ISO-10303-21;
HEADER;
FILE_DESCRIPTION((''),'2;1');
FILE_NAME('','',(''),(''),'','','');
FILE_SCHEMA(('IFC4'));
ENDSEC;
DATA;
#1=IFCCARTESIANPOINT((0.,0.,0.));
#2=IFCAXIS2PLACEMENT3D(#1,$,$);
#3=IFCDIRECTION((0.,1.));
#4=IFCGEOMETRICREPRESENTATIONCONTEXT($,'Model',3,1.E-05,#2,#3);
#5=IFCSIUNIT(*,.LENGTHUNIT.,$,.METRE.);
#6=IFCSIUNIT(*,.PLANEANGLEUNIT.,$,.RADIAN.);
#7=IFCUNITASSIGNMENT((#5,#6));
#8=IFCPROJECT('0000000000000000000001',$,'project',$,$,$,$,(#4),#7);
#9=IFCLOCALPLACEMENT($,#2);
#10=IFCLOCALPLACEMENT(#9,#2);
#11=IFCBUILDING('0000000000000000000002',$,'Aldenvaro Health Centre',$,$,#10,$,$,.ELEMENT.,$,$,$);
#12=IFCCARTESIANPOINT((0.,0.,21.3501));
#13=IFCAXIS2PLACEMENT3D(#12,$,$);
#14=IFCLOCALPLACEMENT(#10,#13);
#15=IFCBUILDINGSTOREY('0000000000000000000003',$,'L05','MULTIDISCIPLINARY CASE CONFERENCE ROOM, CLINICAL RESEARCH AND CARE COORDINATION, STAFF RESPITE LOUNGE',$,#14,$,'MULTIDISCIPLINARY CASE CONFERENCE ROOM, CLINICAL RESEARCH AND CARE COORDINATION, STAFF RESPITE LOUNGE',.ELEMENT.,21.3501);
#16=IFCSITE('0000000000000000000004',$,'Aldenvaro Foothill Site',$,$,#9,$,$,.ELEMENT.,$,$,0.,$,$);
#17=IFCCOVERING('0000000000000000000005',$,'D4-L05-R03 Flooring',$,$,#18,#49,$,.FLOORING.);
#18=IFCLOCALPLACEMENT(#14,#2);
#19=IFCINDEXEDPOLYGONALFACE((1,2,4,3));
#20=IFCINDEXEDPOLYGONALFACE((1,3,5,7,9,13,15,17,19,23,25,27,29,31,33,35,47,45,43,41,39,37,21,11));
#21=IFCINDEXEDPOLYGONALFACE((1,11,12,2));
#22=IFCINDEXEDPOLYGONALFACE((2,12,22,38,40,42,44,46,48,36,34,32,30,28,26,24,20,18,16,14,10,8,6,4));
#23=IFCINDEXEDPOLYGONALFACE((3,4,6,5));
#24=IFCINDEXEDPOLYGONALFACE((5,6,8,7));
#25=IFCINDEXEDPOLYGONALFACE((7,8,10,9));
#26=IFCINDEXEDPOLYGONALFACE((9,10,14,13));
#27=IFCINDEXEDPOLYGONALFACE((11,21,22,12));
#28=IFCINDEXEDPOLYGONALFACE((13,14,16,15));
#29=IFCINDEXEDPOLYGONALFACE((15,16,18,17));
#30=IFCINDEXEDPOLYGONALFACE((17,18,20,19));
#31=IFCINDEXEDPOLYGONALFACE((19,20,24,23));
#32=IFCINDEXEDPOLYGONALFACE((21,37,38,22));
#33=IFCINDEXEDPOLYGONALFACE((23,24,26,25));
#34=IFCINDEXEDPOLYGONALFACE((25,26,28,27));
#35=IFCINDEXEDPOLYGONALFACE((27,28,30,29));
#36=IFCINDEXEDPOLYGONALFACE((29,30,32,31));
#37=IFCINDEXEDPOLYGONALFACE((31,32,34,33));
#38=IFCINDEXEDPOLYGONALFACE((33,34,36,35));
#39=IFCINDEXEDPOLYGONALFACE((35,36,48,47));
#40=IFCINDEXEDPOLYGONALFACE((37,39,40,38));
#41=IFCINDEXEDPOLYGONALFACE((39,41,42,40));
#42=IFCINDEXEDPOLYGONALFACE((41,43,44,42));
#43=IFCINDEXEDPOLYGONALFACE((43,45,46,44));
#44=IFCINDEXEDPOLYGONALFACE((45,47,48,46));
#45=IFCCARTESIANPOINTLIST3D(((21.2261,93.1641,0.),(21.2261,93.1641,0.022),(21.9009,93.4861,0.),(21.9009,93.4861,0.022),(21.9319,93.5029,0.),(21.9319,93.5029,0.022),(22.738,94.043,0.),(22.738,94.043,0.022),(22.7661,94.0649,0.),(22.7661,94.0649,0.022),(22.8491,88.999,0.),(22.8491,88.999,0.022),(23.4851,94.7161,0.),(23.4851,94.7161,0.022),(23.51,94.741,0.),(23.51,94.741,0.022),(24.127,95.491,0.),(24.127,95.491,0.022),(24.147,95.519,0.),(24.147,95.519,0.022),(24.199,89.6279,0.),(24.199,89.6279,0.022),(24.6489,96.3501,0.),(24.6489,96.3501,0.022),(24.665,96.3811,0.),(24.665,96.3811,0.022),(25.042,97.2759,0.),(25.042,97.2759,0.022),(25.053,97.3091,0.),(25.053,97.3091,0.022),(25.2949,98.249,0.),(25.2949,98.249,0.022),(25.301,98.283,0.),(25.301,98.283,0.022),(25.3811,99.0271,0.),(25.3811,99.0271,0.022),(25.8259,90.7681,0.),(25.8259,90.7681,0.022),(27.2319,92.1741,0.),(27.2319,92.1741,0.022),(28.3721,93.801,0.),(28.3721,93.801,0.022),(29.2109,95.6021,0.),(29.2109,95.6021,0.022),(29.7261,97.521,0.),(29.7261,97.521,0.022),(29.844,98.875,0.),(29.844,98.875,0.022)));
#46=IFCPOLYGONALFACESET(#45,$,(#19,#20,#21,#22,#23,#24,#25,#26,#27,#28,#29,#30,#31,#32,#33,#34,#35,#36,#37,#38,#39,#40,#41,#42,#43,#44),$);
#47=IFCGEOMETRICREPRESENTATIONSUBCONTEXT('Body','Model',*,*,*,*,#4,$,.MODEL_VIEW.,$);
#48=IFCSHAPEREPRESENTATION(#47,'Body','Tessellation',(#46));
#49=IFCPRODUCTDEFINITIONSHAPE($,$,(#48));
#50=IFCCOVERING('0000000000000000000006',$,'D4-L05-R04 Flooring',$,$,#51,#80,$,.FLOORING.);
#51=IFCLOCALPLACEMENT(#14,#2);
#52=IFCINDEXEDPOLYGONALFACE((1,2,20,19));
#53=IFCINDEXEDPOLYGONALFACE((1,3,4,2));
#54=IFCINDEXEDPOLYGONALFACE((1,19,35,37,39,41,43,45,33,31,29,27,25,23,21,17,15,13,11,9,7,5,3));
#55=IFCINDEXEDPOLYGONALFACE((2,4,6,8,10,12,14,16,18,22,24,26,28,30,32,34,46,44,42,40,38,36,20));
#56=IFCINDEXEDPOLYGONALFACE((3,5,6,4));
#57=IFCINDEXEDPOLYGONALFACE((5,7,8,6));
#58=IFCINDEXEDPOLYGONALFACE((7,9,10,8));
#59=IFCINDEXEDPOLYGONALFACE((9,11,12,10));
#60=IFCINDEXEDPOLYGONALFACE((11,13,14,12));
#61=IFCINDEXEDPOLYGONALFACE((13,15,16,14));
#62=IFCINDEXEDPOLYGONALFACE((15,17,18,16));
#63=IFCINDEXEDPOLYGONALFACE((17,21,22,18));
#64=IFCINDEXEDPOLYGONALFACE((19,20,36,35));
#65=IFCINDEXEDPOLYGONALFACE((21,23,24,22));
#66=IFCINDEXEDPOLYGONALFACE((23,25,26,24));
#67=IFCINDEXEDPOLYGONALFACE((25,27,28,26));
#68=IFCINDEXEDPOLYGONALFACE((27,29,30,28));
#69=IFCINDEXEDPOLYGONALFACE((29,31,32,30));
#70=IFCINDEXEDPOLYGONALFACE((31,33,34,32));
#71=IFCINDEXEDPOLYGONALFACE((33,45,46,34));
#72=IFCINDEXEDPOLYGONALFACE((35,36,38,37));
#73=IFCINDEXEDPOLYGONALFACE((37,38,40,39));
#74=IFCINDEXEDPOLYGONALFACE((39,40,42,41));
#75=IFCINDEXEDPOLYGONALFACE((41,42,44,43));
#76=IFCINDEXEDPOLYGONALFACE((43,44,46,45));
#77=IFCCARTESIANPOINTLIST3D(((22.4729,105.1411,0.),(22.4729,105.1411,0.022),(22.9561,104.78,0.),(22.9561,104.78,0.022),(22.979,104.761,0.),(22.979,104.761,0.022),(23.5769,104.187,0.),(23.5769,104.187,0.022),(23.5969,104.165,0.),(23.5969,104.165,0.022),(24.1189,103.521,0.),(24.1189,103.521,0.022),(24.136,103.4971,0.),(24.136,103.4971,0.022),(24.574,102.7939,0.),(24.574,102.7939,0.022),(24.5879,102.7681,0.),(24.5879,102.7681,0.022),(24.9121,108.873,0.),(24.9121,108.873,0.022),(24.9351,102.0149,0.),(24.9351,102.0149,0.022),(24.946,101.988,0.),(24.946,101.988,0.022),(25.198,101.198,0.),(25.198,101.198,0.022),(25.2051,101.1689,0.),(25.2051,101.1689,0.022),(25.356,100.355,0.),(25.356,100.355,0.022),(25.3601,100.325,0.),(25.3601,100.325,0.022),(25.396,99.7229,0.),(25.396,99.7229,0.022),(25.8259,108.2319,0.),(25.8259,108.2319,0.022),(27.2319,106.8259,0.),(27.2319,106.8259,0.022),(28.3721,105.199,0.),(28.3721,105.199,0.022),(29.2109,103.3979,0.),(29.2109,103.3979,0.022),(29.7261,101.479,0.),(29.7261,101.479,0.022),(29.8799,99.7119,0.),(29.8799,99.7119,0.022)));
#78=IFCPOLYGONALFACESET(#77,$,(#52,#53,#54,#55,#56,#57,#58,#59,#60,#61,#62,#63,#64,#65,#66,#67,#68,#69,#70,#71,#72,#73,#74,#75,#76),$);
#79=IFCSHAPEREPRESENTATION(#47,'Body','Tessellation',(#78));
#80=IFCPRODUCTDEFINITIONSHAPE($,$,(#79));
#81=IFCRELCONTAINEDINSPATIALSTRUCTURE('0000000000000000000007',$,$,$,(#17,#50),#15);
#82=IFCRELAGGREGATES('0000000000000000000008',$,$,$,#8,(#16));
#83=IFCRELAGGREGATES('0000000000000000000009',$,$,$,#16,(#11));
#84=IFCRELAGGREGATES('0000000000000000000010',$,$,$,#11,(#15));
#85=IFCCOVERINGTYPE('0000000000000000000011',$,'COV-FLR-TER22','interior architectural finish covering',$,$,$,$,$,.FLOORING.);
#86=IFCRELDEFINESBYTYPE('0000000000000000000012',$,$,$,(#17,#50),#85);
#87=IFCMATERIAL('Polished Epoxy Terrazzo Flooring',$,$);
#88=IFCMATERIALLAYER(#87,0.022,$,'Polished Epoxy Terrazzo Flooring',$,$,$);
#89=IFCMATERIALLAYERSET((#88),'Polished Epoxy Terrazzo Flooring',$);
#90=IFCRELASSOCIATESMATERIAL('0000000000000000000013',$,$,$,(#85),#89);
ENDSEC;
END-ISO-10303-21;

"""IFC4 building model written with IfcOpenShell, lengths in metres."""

from ifc_helpers import new_model, si_unit, direction, frame, origin, place, context, subcontext, project, spatial, polyline, outline, extrude, material, layer, layer_set, type_object, element, save


model = new_model("IFC4")

# Units and contexts
model_context = context("Model", 3, precision=1e-05, world=origin(), true_north=direction((0.0, 1.0)))
body_context = subcontext(model_context, "Body", "Model", "MODEL_VIEW")
ifc_project = project(units=[si_unit("LENGTHUNIT", "METRE"), si_unit("PLANEANGLEUNIT", "RADIAN")], contexts=[model_context])

# Site, building, storey
site_placement = place(None, origin())
site = spatial("IfcSite", under=ifc_project, at=site_placement, Name="Aldenvaro Foothill Site", CompositionType="ELEMENT", RefElevation=0.0)
building_placement = place(site_placement, origin())
building = spatial("IfcBuilding", under=site, at=building_placement, Name="Aldenvaro Health Centre", CompositionType="ELEMENT")
storey_placement = place(building_placement, frame((0.0, 0.0, 21.3501)))
storey = spatial("IfcBuildingStorey", under=building, at=storey_placement, Name="L05", Description="MULTIDISCIPLINARY CASE CONFERENCE ROOM, CLINICAL RESEARCH AND CARE COORDINATION, STAFF RESPITE LOUNGE", LongName="MULTIDISCIPLINARY CASE CONFERENCE ROOM, CLINICAL RESEARCH AND CARE COORDINATION, STAFF RESPITE LOUNGE", CompositionType="ELEMENT", Elevation=21.3501)

# Coverings
ifc_material_1 = material(Name="Polished Epoxy Terrazzo Flooring")
ifc_layer_1 = layer(ifc_material_1, 0.022, Name="Polished Epoxy Terrazzo Flooring")
ifc_layer_set_1 = layer_set([ifc_layer_1], Name="Polished Epoxy Terrazzo Flooring")
covering_type_1 = type_object("IfcCoveringType", Name="COV-FLR-TER22", Description="interior architectural finish covering", PredefinedType="FLOORING", material=ifc_layer_set_1)
covering_1_placement = place(storey_placement, origin())
element("IfcCovering", 1, at=covering_1_placement, inside=storey, type_object=covering_type_1, Name="D4-L05-R03 Flooring", PredefinedType="FLOORING", context=body_context, shape_type="SweptSolid", body=[
    extrude(outline(polyline([(21.9009, 93.4861), (21.9319, 93.5029), (22.738, 94.043), (22.7661, 94.0649), (23.4851, 94.7161), (23.51, 94.741), (24.127, 95.491), (24.147, 95.519), (24.6489, 96.3501), (24.665, 96.3811), (25.042, 97.2759), (25.053, 97.3091), (25.2949, 98.249), (25.301, 98.283), (25.3811, 99.0271), (29.844, 98.875), (29.7261, 97.521), (29.2109, 95.6021), (28.3721, 93.801), (27.2319, 92.1741), (25.8259, 90.7681), (24.199, 89.6279), (22.8491, 88.999), (21.2261, 93.1641), (21.9009, 93.4861)])), origin(), (0.0, 0.0, 1.0), 0.022),
])
covering_2_placement = place(storey_placement, origin())
element("IfcCovering", 2, at=covering_2_placement, inside=storey, type_object=covering_type_1, Name="D4-L05-R04 Flooring", PredefinedType="FLOORING", context=body_context, shape_type="SweptSolid", body=[
    extrude(outline(polyline([(25.3601, 100.325), (25.356, 100.355), (25.2051, 101.1689), (25.198, 101.198), (24.946, 101.988), (24.9351, 102.0149), (24.5879, 102.7681), (24.574, 102.7939), (24.136, 103.4971), (24.1189, 103.521), (23.5969, 104.165), (23.5769, 104.187), (22.979, 104.761), (22.9561, 104.78), (22.4729, 105.1411), (24.9121, 108.873), (25.8259, 108.2319), (27.2319, 106.8259), (28.3721, 105.199), (29.2109, 103.3979), (29.7261, 101.479), (29.8799, 99.7119), (25.396, 99.7229), (25.3601, 100.325)])), origin(), (0.0, 0.0, 1.0), 0.022),
])

save(model, "model.ifc")
